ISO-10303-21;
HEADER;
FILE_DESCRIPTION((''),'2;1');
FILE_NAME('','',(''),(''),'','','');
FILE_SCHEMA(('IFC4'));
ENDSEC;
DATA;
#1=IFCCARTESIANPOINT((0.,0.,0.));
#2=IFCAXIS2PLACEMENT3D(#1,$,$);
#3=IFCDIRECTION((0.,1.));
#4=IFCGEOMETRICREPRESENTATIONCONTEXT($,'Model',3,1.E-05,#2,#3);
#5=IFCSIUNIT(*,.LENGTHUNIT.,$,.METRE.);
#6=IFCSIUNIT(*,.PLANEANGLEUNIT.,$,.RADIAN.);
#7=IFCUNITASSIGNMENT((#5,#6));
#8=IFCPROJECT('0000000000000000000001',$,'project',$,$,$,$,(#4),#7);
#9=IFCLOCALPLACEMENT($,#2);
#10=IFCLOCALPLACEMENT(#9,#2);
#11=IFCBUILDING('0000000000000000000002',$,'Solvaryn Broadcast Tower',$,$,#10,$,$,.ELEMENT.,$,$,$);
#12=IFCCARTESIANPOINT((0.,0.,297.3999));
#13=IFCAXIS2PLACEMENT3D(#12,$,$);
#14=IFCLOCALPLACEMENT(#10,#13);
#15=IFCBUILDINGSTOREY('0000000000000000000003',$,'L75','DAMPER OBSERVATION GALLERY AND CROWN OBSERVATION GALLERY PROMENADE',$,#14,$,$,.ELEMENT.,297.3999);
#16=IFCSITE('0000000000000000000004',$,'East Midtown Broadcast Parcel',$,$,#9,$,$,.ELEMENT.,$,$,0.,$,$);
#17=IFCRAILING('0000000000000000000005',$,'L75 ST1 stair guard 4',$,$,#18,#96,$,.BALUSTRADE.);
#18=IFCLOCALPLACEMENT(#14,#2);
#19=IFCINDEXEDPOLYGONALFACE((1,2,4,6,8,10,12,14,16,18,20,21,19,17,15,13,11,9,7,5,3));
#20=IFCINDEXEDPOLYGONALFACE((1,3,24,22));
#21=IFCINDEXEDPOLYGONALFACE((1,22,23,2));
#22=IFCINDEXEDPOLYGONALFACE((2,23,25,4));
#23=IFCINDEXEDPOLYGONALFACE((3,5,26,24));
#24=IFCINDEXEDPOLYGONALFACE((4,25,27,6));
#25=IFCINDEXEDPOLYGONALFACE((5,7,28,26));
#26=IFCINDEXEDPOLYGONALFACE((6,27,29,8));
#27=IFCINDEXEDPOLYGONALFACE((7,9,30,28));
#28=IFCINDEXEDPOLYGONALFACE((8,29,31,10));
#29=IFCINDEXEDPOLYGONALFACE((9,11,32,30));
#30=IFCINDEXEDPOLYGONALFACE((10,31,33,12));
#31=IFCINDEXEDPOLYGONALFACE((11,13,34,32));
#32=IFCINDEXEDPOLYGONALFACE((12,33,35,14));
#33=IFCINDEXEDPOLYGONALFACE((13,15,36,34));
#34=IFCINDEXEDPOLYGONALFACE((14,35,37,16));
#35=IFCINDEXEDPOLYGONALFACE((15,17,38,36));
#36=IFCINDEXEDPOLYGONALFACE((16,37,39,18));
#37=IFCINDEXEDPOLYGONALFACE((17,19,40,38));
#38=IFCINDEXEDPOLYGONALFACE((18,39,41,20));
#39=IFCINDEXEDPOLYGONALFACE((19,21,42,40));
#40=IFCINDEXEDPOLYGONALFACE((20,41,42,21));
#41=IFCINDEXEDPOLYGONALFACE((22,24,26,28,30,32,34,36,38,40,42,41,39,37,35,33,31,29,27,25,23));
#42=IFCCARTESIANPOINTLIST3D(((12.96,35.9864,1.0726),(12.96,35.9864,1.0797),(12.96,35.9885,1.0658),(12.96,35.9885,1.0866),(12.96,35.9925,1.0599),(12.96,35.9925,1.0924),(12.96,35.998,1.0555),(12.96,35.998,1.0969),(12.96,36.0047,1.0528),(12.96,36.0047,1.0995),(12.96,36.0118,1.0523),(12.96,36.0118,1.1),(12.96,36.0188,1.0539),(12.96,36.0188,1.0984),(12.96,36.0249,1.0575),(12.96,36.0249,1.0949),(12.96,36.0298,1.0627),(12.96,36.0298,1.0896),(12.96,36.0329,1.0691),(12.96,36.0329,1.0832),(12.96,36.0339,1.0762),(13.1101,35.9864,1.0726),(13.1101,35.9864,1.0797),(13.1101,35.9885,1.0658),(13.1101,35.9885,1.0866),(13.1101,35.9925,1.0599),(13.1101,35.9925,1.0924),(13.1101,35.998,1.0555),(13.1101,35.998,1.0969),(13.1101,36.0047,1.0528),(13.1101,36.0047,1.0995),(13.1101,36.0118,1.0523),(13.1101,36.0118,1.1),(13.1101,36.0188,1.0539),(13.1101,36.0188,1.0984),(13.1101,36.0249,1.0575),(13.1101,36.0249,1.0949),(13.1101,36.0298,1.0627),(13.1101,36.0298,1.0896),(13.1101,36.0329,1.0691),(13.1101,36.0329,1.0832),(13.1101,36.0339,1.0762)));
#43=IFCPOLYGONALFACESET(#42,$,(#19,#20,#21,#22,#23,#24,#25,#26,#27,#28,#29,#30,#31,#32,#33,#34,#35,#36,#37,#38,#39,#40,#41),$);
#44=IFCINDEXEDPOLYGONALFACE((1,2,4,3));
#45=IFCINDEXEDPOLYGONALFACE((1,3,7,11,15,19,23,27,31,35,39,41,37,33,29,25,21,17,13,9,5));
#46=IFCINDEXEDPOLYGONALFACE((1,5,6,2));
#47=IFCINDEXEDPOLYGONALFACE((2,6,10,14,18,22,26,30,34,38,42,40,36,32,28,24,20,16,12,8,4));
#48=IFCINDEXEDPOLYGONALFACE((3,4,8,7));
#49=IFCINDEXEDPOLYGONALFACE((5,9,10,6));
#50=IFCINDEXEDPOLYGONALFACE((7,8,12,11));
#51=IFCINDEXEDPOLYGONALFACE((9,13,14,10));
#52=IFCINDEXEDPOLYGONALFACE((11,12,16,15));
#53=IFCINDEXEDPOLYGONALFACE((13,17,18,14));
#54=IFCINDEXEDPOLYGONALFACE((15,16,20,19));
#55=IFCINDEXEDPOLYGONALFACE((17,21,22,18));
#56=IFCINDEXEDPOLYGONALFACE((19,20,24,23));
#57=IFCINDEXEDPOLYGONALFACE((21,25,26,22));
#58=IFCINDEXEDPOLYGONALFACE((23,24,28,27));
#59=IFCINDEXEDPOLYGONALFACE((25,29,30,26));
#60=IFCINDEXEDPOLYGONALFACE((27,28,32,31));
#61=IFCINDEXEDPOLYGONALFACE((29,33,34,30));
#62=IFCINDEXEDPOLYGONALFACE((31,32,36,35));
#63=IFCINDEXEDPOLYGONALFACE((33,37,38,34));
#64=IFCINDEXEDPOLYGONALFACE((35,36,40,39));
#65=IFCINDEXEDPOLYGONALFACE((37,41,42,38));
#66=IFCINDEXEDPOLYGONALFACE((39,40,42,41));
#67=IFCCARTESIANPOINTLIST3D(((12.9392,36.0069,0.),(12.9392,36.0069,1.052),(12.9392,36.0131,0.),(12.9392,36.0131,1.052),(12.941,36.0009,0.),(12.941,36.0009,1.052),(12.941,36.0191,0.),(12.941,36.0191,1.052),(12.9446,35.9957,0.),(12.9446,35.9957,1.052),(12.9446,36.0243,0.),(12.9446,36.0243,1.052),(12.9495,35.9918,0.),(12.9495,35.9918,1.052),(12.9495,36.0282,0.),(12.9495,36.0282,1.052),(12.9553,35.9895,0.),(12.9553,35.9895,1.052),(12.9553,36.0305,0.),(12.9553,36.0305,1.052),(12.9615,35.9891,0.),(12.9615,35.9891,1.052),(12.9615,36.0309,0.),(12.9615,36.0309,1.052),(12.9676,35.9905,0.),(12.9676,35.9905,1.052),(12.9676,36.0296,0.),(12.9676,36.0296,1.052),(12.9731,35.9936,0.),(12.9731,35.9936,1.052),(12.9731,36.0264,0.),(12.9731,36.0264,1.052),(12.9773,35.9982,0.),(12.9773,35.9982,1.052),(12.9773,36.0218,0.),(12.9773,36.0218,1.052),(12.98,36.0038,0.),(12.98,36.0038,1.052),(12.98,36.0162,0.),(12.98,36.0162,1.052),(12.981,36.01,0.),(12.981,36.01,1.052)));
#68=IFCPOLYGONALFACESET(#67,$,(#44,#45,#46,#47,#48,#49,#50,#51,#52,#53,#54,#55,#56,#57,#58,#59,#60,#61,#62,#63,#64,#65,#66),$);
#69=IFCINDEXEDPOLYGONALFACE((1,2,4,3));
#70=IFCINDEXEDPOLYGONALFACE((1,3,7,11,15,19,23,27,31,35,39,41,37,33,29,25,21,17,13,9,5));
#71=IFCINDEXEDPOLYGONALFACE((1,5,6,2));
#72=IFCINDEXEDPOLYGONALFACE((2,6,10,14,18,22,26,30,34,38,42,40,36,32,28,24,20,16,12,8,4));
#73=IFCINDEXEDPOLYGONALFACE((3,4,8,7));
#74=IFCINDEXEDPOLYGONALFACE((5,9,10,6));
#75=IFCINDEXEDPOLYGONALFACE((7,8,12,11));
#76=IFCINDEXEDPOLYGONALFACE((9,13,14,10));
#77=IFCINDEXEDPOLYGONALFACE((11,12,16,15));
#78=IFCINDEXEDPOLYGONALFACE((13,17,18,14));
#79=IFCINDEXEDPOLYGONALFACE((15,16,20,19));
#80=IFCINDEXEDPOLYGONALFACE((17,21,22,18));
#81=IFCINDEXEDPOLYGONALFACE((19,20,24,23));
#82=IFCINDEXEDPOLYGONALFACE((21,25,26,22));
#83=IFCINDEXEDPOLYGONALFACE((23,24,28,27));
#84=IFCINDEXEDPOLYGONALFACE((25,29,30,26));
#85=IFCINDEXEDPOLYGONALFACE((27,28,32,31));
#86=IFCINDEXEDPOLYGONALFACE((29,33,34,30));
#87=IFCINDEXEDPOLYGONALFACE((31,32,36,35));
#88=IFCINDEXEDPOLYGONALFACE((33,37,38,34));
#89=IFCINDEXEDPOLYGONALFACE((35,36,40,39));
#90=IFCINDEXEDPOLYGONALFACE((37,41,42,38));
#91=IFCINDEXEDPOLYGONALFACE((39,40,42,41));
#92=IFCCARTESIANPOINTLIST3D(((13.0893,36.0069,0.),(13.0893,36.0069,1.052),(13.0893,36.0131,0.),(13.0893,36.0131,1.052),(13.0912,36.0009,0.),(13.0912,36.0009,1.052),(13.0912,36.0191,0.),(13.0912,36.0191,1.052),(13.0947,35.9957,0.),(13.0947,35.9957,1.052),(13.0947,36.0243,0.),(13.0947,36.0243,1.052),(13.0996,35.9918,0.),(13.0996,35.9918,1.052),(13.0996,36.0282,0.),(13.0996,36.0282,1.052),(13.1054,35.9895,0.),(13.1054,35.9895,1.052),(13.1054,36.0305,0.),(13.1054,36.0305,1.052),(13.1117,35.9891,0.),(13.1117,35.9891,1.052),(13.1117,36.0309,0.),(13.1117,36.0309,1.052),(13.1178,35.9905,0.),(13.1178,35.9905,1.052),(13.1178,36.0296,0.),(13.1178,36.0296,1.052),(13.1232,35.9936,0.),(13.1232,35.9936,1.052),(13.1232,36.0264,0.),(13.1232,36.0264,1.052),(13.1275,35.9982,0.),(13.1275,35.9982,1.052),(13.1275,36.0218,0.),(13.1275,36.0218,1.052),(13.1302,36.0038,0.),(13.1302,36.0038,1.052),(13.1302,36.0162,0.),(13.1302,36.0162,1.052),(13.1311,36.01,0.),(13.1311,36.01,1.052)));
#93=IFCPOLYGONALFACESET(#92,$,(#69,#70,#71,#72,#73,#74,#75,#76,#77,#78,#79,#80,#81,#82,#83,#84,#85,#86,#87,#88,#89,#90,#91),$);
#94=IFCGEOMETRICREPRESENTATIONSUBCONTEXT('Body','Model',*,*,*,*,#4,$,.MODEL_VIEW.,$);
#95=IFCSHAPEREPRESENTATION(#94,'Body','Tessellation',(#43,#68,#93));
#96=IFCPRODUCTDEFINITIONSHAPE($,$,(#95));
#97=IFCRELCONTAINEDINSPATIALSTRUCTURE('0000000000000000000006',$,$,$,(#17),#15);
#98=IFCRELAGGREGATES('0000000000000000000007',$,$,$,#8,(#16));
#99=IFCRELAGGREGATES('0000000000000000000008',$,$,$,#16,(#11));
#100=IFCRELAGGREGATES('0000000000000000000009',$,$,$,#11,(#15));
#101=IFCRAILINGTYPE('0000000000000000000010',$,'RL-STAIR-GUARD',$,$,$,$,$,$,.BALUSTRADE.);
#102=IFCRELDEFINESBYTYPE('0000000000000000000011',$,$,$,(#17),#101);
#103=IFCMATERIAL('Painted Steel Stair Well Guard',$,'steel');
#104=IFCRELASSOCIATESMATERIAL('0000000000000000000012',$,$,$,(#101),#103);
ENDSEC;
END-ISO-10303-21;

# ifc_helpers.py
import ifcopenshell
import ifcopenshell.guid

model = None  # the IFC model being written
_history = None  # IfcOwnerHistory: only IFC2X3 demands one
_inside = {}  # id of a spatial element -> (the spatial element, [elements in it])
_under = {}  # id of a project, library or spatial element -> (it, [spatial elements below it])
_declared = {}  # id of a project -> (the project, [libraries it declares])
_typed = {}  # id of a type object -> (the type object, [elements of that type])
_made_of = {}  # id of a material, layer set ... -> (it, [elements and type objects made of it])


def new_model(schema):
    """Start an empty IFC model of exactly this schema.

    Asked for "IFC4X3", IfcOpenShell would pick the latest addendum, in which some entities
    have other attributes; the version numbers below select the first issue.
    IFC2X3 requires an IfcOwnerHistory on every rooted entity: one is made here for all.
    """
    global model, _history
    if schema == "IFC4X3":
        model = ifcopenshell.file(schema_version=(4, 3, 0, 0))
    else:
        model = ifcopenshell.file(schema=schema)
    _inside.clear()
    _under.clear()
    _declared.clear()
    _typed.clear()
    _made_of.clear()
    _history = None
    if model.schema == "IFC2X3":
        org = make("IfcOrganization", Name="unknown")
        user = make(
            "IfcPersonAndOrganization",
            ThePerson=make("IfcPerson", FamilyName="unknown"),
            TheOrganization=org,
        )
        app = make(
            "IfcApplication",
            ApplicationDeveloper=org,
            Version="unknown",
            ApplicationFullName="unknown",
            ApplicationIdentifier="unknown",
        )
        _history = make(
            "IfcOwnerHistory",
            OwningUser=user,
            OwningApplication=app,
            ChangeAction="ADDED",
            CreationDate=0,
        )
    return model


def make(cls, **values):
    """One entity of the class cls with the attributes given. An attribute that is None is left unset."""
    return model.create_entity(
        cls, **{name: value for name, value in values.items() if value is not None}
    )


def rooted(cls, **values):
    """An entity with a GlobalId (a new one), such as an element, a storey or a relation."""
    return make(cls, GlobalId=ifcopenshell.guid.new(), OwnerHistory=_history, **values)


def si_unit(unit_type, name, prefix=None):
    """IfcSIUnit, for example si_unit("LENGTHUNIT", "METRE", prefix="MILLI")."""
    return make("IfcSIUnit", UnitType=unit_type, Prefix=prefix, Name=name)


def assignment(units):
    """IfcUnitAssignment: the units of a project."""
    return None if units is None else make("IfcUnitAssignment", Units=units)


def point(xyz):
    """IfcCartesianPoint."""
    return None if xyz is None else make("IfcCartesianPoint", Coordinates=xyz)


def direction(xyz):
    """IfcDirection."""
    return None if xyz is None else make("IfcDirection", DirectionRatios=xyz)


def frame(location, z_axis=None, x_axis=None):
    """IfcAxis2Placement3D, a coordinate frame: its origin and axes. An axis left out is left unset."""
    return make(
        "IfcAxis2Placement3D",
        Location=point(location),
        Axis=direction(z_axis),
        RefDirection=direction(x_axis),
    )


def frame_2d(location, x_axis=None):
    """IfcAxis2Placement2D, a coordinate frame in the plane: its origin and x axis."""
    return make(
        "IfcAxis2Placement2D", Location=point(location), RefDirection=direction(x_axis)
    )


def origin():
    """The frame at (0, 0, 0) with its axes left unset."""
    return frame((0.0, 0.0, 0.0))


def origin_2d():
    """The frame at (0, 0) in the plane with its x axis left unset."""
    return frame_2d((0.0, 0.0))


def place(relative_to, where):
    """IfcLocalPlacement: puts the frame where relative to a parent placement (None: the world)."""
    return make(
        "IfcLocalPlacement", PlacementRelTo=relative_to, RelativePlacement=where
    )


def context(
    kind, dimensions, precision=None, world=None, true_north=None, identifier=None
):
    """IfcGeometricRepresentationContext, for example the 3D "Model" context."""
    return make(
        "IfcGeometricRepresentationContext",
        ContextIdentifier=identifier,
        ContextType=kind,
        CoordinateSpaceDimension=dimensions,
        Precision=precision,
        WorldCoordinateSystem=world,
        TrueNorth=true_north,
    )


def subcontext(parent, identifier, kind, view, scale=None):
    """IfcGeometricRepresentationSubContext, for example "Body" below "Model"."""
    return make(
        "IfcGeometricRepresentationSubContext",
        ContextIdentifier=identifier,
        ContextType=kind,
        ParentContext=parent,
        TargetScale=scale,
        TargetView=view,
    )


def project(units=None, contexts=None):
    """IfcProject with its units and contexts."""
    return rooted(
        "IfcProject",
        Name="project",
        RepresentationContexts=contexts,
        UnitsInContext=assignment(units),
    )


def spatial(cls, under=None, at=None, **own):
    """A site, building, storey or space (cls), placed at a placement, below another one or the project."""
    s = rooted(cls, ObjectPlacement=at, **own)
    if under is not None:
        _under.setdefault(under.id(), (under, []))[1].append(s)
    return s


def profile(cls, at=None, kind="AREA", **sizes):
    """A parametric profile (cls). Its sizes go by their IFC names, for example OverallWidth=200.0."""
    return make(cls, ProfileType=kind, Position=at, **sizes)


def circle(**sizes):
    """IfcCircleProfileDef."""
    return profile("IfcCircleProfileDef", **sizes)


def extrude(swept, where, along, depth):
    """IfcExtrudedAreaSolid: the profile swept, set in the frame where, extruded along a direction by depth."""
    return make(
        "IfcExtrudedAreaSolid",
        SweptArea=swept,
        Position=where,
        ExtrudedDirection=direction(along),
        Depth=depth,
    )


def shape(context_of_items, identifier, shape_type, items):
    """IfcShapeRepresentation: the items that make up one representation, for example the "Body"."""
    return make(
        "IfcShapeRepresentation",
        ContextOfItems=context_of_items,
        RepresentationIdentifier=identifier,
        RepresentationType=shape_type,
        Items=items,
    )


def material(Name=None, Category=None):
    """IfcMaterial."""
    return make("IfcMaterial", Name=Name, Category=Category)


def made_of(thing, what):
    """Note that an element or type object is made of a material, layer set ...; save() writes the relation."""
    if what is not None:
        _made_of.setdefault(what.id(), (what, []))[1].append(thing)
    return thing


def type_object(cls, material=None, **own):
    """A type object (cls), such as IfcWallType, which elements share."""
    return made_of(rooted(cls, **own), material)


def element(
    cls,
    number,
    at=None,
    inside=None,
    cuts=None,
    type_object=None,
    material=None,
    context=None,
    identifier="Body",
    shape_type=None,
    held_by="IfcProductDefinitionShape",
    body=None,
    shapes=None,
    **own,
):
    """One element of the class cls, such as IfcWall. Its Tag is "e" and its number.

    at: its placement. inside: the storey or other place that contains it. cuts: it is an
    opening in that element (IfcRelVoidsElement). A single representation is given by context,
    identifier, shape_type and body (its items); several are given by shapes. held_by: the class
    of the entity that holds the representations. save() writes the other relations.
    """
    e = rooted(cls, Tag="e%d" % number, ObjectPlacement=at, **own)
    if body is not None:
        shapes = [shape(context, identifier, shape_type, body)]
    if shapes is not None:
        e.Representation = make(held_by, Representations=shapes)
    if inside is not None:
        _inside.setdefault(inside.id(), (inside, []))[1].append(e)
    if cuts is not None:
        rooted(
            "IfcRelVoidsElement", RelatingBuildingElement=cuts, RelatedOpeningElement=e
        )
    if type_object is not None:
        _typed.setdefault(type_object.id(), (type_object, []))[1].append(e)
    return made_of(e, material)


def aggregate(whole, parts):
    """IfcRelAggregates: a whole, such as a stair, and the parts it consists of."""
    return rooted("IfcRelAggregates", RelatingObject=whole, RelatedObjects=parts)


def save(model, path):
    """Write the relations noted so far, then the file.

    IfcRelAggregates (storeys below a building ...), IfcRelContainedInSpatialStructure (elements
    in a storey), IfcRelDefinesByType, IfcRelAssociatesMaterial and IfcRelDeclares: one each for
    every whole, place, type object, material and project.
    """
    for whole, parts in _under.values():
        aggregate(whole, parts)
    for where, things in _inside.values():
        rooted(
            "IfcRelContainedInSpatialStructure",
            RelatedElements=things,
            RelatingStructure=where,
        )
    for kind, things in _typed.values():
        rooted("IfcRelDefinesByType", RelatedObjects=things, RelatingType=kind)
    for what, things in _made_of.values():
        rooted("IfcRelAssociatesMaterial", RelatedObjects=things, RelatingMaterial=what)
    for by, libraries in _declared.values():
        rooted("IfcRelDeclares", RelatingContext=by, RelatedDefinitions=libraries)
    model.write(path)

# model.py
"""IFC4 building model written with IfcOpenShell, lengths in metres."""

from ifc_helpers import new_model, si_unit, direction, frame, origin, origin_2d, place, context, subcontext, project, spatial, circle, extrude, material, type_object, element, save


model = new_model("IFC4")

# Units and contexts
model_context = context("Model", 3, precision=1e-05, world=origin(), true_north=direction((0.0, 1.0)))
body_context = subcontext(model_context, "Body", "Model", "MODEL_VIEW")
ifc_project = project(units=[si_unit("LENGTHUNIT", "METRE"), si_unit("PLANEANGLEUNIT", "RADIAN")], contexts=[model_context])

# Site, building, storey
site_placement = place(None, origin())
site = spatial("IfcSite", under=ifc_project, at=site_placement, Name="East Midtown Broadcast Parcel", CompositionType="ELEMENT", RefElevation=0.0)
building_placement = place(site_placement, origin())
building = spatial("IfcBuilding", under=site, at=building_placement, Name="Solvaryn Broadcast Tower", CompositionType="ELEMENT")
storey_placement = place(building_placement, frame((0.0, 0.0, 297.3999)))
storey = spatial("IfcBuildingStorey", under=building, at=storey_placement, Name="L75", Description="DAMPER OBSERVATION GALLERY AND CROWN OBSERVATION GALLERY PROMENADE", CompositionType="ELEMENT", Elevation=297.3999)

# Railing
ifc_material_1 = material(Name="Painted Steel Stair Well Guard", Category="steel")
railing_type_1 = type_object("IfcRailingType", Name="RL-STAIR-GUARD", PredefinedType="BALUSTRADE", material=ifc_material_1)
railing_1_placement = place(storey_placement, frame((12.96, 36.01, 0.0)))
element("IfcRailing", 1, at=railing_1_placement, inside=storey, type_object=railing_type_1, Name="L75 ST1 stair guard 4", PredefinedType="BALUSTRADE", context=body_context, shape_type="SweptSolid", body=[
    extrude(circle(Radius=0.0239, at=origin_2d()), frame((0.0, 0.0, 1.0762), z_axis=(1.0, 0.0, 0.0), x_axis=(0.0, 1.0, 0.0)), (0.0, 0.0, 1.0), 0.1501),
    extrude(circle(Radius=0.021, at=origin_2d()), origin(), (0.0, 0.0, 1.0), 1.052),
    extrude(circle(Radius=0.021, at=origin_2d()), frame((0.1501, 0.0, 0.0)), (0.0, 0.0, 1.0), 1.052),
])

save(model, "model.ifc")
